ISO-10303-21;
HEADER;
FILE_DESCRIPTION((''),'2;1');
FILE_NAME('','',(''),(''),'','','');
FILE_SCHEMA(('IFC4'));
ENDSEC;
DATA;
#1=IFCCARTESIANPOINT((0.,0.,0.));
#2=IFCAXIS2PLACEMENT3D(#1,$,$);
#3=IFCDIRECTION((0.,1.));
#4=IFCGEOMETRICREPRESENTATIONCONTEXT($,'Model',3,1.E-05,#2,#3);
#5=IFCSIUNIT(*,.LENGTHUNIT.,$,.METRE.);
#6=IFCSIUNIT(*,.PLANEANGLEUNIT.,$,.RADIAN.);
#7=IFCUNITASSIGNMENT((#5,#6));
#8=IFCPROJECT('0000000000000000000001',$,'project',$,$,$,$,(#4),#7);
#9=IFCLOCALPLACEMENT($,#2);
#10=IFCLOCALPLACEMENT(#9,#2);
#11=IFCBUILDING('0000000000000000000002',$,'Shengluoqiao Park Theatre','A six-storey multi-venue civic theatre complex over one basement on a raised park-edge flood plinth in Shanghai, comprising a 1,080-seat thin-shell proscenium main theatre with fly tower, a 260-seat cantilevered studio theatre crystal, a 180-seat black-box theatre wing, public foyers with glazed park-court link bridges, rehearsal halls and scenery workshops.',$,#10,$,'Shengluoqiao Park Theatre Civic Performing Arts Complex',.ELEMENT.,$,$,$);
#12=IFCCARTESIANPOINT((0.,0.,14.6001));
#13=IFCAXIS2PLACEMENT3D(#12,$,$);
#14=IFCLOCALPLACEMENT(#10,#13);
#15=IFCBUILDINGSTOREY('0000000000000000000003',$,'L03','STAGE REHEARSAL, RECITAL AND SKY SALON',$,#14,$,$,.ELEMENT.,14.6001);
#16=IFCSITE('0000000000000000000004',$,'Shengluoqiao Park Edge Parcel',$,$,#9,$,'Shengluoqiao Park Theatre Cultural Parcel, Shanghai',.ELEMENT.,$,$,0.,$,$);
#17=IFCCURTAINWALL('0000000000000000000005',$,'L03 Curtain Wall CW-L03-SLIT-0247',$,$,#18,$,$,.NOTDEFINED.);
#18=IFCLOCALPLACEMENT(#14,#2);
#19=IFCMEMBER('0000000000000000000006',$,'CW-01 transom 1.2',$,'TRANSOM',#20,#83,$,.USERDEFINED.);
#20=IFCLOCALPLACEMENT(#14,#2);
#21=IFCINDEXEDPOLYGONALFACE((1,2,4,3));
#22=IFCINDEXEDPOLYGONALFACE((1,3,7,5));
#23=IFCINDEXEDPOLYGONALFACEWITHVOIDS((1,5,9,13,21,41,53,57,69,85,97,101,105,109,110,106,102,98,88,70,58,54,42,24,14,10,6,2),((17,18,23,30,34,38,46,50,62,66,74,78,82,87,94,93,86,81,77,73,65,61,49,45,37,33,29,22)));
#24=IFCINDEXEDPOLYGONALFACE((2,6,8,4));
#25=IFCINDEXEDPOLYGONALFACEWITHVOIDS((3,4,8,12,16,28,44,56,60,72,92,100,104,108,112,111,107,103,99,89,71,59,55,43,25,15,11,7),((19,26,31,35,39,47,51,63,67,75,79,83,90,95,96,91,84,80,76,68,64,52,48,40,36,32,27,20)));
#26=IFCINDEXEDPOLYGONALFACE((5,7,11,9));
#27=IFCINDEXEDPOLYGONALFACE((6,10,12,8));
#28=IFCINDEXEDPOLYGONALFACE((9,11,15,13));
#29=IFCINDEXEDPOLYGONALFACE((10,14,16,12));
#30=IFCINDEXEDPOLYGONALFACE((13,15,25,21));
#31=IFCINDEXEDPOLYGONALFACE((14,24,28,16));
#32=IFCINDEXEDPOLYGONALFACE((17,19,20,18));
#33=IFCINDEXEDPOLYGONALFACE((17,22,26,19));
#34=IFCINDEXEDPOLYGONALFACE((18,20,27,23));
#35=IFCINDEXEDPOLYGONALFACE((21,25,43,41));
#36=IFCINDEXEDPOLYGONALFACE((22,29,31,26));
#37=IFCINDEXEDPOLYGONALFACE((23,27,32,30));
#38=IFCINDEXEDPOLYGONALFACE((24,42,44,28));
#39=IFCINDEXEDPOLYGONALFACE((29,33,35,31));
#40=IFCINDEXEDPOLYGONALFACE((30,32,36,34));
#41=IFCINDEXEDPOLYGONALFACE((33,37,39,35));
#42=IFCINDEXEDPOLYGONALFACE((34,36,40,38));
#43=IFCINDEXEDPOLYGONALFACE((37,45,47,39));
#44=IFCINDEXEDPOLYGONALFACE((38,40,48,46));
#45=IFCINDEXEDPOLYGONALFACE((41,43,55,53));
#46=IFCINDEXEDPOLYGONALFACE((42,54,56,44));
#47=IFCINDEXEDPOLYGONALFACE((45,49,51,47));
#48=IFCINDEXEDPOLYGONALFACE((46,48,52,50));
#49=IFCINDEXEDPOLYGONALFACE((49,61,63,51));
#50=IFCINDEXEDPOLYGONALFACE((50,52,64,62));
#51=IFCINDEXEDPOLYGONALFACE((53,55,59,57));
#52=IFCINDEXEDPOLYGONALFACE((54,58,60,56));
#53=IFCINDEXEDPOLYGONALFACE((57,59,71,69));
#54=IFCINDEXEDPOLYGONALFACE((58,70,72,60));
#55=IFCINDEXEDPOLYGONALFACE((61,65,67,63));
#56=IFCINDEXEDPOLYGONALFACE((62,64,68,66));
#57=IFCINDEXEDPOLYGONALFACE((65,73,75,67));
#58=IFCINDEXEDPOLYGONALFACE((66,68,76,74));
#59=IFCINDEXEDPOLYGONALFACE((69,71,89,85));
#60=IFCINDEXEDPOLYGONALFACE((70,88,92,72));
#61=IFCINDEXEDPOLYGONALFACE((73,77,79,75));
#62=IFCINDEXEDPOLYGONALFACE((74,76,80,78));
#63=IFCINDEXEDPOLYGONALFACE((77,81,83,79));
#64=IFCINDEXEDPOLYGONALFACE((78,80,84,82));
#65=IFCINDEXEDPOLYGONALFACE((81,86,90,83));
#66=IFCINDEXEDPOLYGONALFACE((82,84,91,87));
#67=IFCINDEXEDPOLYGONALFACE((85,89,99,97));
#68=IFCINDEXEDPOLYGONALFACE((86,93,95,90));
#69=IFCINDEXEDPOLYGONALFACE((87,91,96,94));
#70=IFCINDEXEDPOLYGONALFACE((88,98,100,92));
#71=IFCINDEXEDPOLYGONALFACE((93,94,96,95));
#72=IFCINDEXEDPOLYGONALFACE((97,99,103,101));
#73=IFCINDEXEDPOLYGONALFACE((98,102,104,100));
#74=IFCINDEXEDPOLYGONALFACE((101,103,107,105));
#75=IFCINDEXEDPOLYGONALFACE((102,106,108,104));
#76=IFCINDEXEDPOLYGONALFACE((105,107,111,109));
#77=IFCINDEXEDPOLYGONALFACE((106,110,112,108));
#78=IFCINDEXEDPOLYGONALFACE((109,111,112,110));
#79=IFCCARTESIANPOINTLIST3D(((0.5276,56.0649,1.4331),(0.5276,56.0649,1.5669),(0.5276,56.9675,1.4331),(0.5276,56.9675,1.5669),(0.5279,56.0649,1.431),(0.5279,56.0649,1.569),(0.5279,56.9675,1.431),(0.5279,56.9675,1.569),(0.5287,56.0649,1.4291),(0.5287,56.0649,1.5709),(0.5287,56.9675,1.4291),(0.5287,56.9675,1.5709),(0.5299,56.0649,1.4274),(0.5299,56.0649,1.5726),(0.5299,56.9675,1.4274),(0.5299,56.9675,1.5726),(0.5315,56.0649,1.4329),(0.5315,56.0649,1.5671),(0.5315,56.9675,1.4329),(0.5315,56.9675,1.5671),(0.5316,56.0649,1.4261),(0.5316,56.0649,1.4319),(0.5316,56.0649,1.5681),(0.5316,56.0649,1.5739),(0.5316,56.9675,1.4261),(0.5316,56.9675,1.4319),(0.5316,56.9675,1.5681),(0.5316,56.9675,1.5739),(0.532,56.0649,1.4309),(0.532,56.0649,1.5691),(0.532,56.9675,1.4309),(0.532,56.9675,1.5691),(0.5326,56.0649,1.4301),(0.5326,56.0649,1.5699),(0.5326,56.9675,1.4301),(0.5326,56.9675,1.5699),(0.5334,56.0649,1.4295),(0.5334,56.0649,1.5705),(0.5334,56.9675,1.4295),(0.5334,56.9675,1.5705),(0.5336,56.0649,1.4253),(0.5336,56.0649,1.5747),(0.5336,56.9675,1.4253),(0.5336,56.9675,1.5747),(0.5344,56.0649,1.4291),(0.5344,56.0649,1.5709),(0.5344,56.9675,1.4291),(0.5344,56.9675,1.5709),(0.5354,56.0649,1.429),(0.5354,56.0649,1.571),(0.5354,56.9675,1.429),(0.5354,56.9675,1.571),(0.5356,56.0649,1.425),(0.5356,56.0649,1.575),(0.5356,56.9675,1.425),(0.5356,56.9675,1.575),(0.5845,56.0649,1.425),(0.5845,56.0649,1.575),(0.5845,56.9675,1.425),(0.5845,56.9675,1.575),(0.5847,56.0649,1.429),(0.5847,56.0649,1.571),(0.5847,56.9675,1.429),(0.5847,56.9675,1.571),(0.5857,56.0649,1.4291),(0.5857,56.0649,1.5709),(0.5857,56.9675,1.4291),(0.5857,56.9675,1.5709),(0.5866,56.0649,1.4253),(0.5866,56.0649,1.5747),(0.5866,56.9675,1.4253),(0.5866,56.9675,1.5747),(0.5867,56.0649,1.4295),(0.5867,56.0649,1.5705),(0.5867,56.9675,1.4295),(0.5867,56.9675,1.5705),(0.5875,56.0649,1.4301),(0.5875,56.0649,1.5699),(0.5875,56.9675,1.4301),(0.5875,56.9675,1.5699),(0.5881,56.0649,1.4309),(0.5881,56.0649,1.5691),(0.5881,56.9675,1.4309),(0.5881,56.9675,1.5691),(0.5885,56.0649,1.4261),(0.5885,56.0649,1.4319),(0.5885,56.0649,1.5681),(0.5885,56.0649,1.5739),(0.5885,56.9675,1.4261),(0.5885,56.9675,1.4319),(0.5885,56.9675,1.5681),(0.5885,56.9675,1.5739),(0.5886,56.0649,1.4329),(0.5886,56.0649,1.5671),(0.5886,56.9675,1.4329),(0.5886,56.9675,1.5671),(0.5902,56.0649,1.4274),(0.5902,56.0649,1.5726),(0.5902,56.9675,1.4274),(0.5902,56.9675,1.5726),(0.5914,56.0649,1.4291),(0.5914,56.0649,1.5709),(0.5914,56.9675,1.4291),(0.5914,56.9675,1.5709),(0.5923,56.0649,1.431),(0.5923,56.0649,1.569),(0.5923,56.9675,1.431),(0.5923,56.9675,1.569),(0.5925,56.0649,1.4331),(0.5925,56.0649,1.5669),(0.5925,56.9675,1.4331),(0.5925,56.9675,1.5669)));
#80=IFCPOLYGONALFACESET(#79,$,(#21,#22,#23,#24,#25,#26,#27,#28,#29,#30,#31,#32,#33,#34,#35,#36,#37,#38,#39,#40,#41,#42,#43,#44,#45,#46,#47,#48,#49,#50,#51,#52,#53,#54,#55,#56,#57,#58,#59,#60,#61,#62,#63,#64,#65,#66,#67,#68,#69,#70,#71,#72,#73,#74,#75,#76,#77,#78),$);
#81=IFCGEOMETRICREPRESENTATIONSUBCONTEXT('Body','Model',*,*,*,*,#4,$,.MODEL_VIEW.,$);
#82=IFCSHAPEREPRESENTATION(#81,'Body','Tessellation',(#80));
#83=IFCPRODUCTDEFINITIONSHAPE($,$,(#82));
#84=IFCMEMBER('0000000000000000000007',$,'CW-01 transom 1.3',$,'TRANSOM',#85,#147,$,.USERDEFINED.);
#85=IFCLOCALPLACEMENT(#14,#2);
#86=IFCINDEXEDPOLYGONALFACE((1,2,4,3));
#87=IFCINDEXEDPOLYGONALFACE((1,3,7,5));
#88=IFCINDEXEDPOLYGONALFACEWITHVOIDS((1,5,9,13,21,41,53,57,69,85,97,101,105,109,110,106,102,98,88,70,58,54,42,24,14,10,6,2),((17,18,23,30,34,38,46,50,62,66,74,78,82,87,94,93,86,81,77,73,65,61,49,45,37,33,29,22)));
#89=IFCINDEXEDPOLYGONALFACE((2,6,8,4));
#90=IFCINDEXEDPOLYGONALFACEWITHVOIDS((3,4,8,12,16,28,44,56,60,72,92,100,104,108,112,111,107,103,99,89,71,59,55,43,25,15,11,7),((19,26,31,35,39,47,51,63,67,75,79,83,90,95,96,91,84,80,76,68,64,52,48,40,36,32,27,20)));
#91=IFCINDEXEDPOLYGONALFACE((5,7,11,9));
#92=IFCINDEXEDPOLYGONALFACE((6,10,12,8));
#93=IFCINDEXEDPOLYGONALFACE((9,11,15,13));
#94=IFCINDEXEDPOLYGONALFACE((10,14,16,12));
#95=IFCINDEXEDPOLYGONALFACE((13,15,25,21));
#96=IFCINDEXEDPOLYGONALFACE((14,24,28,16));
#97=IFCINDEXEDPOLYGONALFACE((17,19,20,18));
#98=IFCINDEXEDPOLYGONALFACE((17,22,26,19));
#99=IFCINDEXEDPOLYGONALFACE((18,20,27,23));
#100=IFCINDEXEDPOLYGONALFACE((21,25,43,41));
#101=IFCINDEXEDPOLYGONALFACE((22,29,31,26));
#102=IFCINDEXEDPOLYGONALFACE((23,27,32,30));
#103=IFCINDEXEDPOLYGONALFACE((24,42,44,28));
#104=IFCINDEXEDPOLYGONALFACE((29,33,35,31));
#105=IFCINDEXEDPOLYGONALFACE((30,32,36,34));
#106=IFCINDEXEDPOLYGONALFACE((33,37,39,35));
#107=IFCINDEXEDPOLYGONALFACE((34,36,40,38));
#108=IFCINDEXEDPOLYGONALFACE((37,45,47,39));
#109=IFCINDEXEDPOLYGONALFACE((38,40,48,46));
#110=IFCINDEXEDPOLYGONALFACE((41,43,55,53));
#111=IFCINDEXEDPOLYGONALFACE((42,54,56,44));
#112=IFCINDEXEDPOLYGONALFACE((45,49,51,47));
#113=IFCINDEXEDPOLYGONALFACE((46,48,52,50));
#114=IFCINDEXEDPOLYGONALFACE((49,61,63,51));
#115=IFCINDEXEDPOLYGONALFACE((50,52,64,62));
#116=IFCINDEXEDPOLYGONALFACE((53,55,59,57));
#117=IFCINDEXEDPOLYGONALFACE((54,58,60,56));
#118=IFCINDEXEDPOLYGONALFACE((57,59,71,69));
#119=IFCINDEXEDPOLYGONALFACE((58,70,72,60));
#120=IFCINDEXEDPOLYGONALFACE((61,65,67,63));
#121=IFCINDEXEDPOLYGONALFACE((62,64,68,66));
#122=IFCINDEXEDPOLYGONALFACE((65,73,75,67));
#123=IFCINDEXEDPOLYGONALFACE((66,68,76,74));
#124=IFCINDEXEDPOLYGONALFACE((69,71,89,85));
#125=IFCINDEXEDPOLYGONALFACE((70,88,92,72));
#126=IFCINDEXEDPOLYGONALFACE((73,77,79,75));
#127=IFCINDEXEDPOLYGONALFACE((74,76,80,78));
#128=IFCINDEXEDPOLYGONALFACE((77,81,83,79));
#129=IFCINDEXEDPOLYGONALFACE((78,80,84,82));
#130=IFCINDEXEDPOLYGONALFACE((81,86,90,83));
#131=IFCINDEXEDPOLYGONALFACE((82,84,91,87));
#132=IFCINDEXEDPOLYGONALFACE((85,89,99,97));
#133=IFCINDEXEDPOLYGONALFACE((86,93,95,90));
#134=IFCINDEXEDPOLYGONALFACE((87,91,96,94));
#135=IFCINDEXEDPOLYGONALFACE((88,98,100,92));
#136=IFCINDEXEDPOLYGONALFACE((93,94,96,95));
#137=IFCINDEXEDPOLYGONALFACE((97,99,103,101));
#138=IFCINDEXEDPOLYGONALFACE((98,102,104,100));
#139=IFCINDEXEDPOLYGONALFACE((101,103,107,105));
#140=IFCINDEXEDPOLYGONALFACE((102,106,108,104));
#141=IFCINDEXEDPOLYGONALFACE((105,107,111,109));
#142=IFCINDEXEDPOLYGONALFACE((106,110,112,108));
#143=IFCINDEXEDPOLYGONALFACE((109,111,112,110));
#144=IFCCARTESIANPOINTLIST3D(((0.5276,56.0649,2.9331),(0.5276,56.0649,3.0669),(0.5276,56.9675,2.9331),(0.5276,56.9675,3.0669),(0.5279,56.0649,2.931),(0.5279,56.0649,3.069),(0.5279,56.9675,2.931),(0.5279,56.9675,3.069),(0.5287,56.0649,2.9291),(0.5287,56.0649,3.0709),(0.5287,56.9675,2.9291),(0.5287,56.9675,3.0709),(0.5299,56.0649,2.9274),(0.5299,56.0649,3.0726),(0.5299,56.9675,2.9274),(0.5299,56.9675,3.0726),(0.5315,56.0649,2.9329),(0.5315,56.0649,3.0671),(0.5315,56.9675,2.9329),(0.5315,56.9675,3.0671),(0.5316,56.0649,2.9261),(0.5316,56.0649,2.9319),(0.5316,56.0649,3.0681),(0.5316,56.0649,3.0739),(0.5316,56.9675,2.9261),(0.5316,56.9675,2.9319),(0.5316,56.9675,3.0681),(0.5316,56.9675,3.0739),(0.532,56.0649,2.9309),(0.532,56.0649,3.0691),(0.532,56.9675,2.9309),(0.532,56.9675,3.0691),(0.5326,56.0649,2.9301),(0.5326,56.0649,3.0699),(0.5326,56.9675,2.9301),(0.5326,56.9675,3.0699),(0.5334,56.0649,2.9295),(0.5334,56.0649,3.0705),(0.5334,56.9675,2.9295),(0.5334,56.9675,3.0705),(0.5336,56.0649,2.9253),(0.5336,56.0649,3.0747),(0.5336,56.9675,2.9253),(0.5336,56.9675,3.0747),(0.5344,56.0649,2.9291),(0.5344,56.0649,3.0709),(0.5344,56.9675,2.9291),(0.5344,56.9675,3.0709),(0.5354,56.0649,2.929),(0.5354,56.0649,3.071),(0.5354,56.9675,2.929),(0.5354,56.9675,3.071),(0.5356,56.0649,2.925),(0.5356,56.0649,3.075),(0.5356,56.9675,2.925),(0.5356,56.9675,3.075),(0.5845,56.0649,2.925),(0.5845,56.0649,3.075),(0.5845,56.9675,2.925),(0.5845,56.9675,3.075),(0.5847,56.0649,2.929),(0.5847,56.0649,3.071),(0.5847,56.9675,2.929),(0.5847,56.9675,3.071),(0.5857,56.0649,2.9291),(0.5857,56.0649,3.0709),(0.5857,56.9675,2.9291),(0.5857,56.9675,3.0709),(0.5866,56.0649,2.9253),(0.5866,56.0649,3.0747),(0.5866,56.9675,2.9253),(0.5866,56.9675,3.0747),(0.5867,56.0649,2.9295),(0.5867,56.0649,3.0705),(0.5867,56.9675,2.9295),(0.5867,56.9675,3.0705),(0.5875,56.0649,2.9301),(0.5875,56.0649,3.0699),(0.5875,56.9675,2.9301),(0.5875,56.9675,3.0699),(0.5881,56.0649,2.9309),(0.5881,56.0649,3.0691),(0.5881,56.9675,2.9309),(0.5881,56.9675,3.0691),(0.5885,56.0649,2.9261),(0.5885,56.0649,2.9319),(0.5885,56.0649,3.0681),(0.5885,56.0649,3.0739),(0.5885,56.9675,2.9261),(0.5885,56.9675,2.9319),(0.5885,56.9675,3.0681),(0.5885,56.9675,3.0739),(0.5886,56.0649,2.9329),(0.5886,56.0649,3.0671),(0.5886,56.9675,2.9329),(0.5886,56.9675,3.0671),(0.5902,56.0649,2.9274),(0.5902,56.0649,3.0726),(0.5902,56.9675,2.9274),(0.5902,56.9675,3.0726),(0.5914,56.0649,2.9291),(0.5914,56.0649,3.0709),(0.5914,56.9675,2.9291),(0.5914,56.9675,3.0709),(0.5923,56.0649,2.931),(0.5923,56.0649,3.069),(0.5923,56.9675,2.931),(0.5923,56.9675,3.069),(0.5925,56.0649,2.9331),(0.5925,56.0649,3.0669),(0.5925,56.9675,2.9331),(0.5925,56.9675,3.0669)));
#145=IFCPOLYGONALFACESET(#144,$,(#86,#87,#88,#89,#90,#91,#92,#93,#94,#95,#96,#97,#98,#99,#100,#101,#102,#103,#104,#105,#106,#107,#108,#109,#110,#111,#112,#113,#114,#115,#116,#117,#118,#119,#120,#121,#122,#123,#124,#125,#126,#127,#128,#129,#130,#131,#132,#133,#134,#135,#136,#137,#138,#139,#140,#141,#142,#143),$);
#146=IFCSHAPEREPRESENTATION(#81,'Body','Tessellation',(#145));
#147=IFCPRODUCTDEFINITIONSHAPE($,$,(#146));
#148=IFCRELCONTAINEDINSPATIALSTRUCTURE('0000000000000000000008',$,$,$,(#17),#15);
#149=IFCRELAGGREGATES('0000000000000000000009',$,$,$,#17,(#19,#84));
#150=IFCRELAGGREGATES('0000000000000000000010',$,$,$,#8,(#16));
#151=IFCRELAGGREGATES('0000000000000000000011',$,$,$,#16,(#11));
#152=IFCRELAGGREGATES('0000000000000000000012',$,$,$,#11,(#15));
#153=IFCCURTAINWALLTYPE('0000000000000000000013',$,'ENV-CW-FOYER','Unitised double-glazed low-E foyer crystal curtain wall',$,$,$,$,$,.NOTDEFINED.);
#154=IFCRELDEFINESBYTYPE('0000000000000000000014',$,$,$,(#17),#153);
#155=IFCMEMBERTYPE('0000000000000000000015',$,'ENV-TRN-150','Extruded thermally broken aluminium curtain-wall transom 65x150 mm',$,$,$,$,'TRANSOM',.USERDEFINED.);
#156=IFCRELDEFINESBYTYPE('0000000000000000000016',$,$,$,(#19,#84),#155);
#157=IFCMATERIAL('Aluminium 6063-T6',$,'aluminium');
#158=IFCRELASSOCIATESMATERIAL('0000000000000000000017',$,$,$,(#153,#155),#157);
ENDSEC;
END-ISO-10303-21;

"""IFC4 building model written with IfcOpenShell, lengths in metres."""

from ifc_helpers import new_model, si_unit, direction, frame, origin, origin_2d, place, context, subcontext, project, spatial, hollow_rectangle, extrude, material, material_profile, profile_set, type_object, element, aggregate, save


model = new_model("IFC4")

# Units and contexts
model_context = context("Model", 3, precision=1e-05, world=origin(), true_north=direction((0.0, 1.0)))
body_context = subcontext(model_context, "Body", "Model", "MODEL_VIEW")
ifc_project = project(units=[si_unit("LENGTHUNIT", "METRE"), si_unit("PLANEANGLEUNIT", "RADIAN")], contexts=[model_context])

# Site, building, storey
site_placement = place(None, origin())
site = spatial("IfcSite", under=ifc_project, at=site_placement, Name="Shengluoqiao Park Edge Parcel", LongName="Shengluoqiao Park Theatre Cultural Parcel, Shanghai", CompositionType="ELEMENT", RefElevation=0.0)
building_placement = place(site_placement, origin())
building = spatial("IfcBuilding", under=site, at=building_placement, Name="Shengluoqiao Park Theatre", Description="A six-storey multi-venue civic theatre complex over one basement on a raised park-edge flood plinth in Shanghai, comprising a 1,080-seat thin-shell proscenium main theatre with fly tower, a 260-seat cantilevered studio theatre crystal, a 180-seat black-box theatre wing, public foyers with glazed park-court link bridges, rehearsal halls and scenery workshops.", LongName="Shengluoqiao Park Theatre Civic Performing Arts Complex", CompositionType="ELEMENT")
storey_placement = place(building_placement, frame((0.0, 0.0, 14.6001)))
storey = spatial("IfcBuildingStorey", under=building, at=storey_placement, Name="L03", Description="STAGE REHEARSAL, RECITAL AND SKY SALON", CompositionType="ELEMENT", Elevation=14.6001)

# Curtain wall, members
ifc_material_1 = material(Name="Aluminium 6063-T6", Category="aluminium")
curtain_wall_type = type_object("IfcCurtainWallType", Name="ENV-CW-FOYER", Description="Unitised double-glazed low-E foyer crystal curtain wall", PredefinedType="NOTDEFINED", material=ifc_material_1)
curtain_wall_placement = place(storey_placement, origin())
curtain_wall = element("IfcCurtainWall", 1, at=curtain_wall_placement, inside=storey, type_object=curtain_wall_type, Name="L03 Curtain Wall CW-L03-SLIT-0247", PredefinedType="NOTDEFINED")
ifc_material_profile_1 = material_profile(ifc_material_1, hollow_rectangle(XDim=0.0649, YDim=0.1499, WallThickness=0.0039, InnerFilletRadius=0.0039, OuterFilletRadius=0.0081, at=origin_2d()), Name="ALU TRANSOM 150x65x4")
ifc_profile_set_1 = profile_set([ifc_material_profile_1], Name="Aluminium 6063-T6")
member_type_1 = type_object("IfcMemberType", Name="ENV-TRN-150", Description="Extruded thermally broken aluminium curtain-wall transom 65x150 mm", ElementType="TRANSOM", PredefinedType="USERDEFINED", material=ifc_profile_set_1)
member_1_placement = place(storey_placement, frame((0.5601, 56.0649, 1.5), z_axis=(0.0, 1.0, 0.0), x_axis=(-1.0, 0.0, 0.0)))
member_1 = element("IfcMember", 2, at=member_1_placement, type_object=member_type_1, Name="CW-01 transom 1.2", ObjectType="TRANSOM", PredefinedType="USERDEFINED", context=body_context, shape_type="SweptSolid", body=[
    extrude(hollow_rectangle(XDim=0.0649, YDim=0.1499, WallThickness=0.0039, InnerFilletRadius=0.0039, OuterFilletRadius=0.0081, at=origin_2d()), origin(), (0.0, 0.0, 1.0), 0.9026),
])
member_2_placement = place(storey_placement, frame((0.5601, 56.0649, 3.0), z_axis=(0.0, 1.0, 0.0), x_axis=(-1.0, 0.0, 0.0)))
member_2 = element("IfcMember", 3, at=member_2_placement, type_object=member_type_1, Name="CW-01 transom 1.3", ObjectType="TRANSOM", PredefinedType="USERDEFINED", context=body_context, shape_type="SweptSolid", body=[
    extrude(hollow_rectangle(XDim=0.0649, YDim=0.1499, WallThickness=0.0039, InnerFilletRadius=0.0039, OuterFilletRadius=0.0081, at=origin_2d()), origin(), (0.0, 0.0, 1.0), 0.9026),
])

aggregate(curtain_wall, [member_1, member_2])

save(model, "model.ifc")
